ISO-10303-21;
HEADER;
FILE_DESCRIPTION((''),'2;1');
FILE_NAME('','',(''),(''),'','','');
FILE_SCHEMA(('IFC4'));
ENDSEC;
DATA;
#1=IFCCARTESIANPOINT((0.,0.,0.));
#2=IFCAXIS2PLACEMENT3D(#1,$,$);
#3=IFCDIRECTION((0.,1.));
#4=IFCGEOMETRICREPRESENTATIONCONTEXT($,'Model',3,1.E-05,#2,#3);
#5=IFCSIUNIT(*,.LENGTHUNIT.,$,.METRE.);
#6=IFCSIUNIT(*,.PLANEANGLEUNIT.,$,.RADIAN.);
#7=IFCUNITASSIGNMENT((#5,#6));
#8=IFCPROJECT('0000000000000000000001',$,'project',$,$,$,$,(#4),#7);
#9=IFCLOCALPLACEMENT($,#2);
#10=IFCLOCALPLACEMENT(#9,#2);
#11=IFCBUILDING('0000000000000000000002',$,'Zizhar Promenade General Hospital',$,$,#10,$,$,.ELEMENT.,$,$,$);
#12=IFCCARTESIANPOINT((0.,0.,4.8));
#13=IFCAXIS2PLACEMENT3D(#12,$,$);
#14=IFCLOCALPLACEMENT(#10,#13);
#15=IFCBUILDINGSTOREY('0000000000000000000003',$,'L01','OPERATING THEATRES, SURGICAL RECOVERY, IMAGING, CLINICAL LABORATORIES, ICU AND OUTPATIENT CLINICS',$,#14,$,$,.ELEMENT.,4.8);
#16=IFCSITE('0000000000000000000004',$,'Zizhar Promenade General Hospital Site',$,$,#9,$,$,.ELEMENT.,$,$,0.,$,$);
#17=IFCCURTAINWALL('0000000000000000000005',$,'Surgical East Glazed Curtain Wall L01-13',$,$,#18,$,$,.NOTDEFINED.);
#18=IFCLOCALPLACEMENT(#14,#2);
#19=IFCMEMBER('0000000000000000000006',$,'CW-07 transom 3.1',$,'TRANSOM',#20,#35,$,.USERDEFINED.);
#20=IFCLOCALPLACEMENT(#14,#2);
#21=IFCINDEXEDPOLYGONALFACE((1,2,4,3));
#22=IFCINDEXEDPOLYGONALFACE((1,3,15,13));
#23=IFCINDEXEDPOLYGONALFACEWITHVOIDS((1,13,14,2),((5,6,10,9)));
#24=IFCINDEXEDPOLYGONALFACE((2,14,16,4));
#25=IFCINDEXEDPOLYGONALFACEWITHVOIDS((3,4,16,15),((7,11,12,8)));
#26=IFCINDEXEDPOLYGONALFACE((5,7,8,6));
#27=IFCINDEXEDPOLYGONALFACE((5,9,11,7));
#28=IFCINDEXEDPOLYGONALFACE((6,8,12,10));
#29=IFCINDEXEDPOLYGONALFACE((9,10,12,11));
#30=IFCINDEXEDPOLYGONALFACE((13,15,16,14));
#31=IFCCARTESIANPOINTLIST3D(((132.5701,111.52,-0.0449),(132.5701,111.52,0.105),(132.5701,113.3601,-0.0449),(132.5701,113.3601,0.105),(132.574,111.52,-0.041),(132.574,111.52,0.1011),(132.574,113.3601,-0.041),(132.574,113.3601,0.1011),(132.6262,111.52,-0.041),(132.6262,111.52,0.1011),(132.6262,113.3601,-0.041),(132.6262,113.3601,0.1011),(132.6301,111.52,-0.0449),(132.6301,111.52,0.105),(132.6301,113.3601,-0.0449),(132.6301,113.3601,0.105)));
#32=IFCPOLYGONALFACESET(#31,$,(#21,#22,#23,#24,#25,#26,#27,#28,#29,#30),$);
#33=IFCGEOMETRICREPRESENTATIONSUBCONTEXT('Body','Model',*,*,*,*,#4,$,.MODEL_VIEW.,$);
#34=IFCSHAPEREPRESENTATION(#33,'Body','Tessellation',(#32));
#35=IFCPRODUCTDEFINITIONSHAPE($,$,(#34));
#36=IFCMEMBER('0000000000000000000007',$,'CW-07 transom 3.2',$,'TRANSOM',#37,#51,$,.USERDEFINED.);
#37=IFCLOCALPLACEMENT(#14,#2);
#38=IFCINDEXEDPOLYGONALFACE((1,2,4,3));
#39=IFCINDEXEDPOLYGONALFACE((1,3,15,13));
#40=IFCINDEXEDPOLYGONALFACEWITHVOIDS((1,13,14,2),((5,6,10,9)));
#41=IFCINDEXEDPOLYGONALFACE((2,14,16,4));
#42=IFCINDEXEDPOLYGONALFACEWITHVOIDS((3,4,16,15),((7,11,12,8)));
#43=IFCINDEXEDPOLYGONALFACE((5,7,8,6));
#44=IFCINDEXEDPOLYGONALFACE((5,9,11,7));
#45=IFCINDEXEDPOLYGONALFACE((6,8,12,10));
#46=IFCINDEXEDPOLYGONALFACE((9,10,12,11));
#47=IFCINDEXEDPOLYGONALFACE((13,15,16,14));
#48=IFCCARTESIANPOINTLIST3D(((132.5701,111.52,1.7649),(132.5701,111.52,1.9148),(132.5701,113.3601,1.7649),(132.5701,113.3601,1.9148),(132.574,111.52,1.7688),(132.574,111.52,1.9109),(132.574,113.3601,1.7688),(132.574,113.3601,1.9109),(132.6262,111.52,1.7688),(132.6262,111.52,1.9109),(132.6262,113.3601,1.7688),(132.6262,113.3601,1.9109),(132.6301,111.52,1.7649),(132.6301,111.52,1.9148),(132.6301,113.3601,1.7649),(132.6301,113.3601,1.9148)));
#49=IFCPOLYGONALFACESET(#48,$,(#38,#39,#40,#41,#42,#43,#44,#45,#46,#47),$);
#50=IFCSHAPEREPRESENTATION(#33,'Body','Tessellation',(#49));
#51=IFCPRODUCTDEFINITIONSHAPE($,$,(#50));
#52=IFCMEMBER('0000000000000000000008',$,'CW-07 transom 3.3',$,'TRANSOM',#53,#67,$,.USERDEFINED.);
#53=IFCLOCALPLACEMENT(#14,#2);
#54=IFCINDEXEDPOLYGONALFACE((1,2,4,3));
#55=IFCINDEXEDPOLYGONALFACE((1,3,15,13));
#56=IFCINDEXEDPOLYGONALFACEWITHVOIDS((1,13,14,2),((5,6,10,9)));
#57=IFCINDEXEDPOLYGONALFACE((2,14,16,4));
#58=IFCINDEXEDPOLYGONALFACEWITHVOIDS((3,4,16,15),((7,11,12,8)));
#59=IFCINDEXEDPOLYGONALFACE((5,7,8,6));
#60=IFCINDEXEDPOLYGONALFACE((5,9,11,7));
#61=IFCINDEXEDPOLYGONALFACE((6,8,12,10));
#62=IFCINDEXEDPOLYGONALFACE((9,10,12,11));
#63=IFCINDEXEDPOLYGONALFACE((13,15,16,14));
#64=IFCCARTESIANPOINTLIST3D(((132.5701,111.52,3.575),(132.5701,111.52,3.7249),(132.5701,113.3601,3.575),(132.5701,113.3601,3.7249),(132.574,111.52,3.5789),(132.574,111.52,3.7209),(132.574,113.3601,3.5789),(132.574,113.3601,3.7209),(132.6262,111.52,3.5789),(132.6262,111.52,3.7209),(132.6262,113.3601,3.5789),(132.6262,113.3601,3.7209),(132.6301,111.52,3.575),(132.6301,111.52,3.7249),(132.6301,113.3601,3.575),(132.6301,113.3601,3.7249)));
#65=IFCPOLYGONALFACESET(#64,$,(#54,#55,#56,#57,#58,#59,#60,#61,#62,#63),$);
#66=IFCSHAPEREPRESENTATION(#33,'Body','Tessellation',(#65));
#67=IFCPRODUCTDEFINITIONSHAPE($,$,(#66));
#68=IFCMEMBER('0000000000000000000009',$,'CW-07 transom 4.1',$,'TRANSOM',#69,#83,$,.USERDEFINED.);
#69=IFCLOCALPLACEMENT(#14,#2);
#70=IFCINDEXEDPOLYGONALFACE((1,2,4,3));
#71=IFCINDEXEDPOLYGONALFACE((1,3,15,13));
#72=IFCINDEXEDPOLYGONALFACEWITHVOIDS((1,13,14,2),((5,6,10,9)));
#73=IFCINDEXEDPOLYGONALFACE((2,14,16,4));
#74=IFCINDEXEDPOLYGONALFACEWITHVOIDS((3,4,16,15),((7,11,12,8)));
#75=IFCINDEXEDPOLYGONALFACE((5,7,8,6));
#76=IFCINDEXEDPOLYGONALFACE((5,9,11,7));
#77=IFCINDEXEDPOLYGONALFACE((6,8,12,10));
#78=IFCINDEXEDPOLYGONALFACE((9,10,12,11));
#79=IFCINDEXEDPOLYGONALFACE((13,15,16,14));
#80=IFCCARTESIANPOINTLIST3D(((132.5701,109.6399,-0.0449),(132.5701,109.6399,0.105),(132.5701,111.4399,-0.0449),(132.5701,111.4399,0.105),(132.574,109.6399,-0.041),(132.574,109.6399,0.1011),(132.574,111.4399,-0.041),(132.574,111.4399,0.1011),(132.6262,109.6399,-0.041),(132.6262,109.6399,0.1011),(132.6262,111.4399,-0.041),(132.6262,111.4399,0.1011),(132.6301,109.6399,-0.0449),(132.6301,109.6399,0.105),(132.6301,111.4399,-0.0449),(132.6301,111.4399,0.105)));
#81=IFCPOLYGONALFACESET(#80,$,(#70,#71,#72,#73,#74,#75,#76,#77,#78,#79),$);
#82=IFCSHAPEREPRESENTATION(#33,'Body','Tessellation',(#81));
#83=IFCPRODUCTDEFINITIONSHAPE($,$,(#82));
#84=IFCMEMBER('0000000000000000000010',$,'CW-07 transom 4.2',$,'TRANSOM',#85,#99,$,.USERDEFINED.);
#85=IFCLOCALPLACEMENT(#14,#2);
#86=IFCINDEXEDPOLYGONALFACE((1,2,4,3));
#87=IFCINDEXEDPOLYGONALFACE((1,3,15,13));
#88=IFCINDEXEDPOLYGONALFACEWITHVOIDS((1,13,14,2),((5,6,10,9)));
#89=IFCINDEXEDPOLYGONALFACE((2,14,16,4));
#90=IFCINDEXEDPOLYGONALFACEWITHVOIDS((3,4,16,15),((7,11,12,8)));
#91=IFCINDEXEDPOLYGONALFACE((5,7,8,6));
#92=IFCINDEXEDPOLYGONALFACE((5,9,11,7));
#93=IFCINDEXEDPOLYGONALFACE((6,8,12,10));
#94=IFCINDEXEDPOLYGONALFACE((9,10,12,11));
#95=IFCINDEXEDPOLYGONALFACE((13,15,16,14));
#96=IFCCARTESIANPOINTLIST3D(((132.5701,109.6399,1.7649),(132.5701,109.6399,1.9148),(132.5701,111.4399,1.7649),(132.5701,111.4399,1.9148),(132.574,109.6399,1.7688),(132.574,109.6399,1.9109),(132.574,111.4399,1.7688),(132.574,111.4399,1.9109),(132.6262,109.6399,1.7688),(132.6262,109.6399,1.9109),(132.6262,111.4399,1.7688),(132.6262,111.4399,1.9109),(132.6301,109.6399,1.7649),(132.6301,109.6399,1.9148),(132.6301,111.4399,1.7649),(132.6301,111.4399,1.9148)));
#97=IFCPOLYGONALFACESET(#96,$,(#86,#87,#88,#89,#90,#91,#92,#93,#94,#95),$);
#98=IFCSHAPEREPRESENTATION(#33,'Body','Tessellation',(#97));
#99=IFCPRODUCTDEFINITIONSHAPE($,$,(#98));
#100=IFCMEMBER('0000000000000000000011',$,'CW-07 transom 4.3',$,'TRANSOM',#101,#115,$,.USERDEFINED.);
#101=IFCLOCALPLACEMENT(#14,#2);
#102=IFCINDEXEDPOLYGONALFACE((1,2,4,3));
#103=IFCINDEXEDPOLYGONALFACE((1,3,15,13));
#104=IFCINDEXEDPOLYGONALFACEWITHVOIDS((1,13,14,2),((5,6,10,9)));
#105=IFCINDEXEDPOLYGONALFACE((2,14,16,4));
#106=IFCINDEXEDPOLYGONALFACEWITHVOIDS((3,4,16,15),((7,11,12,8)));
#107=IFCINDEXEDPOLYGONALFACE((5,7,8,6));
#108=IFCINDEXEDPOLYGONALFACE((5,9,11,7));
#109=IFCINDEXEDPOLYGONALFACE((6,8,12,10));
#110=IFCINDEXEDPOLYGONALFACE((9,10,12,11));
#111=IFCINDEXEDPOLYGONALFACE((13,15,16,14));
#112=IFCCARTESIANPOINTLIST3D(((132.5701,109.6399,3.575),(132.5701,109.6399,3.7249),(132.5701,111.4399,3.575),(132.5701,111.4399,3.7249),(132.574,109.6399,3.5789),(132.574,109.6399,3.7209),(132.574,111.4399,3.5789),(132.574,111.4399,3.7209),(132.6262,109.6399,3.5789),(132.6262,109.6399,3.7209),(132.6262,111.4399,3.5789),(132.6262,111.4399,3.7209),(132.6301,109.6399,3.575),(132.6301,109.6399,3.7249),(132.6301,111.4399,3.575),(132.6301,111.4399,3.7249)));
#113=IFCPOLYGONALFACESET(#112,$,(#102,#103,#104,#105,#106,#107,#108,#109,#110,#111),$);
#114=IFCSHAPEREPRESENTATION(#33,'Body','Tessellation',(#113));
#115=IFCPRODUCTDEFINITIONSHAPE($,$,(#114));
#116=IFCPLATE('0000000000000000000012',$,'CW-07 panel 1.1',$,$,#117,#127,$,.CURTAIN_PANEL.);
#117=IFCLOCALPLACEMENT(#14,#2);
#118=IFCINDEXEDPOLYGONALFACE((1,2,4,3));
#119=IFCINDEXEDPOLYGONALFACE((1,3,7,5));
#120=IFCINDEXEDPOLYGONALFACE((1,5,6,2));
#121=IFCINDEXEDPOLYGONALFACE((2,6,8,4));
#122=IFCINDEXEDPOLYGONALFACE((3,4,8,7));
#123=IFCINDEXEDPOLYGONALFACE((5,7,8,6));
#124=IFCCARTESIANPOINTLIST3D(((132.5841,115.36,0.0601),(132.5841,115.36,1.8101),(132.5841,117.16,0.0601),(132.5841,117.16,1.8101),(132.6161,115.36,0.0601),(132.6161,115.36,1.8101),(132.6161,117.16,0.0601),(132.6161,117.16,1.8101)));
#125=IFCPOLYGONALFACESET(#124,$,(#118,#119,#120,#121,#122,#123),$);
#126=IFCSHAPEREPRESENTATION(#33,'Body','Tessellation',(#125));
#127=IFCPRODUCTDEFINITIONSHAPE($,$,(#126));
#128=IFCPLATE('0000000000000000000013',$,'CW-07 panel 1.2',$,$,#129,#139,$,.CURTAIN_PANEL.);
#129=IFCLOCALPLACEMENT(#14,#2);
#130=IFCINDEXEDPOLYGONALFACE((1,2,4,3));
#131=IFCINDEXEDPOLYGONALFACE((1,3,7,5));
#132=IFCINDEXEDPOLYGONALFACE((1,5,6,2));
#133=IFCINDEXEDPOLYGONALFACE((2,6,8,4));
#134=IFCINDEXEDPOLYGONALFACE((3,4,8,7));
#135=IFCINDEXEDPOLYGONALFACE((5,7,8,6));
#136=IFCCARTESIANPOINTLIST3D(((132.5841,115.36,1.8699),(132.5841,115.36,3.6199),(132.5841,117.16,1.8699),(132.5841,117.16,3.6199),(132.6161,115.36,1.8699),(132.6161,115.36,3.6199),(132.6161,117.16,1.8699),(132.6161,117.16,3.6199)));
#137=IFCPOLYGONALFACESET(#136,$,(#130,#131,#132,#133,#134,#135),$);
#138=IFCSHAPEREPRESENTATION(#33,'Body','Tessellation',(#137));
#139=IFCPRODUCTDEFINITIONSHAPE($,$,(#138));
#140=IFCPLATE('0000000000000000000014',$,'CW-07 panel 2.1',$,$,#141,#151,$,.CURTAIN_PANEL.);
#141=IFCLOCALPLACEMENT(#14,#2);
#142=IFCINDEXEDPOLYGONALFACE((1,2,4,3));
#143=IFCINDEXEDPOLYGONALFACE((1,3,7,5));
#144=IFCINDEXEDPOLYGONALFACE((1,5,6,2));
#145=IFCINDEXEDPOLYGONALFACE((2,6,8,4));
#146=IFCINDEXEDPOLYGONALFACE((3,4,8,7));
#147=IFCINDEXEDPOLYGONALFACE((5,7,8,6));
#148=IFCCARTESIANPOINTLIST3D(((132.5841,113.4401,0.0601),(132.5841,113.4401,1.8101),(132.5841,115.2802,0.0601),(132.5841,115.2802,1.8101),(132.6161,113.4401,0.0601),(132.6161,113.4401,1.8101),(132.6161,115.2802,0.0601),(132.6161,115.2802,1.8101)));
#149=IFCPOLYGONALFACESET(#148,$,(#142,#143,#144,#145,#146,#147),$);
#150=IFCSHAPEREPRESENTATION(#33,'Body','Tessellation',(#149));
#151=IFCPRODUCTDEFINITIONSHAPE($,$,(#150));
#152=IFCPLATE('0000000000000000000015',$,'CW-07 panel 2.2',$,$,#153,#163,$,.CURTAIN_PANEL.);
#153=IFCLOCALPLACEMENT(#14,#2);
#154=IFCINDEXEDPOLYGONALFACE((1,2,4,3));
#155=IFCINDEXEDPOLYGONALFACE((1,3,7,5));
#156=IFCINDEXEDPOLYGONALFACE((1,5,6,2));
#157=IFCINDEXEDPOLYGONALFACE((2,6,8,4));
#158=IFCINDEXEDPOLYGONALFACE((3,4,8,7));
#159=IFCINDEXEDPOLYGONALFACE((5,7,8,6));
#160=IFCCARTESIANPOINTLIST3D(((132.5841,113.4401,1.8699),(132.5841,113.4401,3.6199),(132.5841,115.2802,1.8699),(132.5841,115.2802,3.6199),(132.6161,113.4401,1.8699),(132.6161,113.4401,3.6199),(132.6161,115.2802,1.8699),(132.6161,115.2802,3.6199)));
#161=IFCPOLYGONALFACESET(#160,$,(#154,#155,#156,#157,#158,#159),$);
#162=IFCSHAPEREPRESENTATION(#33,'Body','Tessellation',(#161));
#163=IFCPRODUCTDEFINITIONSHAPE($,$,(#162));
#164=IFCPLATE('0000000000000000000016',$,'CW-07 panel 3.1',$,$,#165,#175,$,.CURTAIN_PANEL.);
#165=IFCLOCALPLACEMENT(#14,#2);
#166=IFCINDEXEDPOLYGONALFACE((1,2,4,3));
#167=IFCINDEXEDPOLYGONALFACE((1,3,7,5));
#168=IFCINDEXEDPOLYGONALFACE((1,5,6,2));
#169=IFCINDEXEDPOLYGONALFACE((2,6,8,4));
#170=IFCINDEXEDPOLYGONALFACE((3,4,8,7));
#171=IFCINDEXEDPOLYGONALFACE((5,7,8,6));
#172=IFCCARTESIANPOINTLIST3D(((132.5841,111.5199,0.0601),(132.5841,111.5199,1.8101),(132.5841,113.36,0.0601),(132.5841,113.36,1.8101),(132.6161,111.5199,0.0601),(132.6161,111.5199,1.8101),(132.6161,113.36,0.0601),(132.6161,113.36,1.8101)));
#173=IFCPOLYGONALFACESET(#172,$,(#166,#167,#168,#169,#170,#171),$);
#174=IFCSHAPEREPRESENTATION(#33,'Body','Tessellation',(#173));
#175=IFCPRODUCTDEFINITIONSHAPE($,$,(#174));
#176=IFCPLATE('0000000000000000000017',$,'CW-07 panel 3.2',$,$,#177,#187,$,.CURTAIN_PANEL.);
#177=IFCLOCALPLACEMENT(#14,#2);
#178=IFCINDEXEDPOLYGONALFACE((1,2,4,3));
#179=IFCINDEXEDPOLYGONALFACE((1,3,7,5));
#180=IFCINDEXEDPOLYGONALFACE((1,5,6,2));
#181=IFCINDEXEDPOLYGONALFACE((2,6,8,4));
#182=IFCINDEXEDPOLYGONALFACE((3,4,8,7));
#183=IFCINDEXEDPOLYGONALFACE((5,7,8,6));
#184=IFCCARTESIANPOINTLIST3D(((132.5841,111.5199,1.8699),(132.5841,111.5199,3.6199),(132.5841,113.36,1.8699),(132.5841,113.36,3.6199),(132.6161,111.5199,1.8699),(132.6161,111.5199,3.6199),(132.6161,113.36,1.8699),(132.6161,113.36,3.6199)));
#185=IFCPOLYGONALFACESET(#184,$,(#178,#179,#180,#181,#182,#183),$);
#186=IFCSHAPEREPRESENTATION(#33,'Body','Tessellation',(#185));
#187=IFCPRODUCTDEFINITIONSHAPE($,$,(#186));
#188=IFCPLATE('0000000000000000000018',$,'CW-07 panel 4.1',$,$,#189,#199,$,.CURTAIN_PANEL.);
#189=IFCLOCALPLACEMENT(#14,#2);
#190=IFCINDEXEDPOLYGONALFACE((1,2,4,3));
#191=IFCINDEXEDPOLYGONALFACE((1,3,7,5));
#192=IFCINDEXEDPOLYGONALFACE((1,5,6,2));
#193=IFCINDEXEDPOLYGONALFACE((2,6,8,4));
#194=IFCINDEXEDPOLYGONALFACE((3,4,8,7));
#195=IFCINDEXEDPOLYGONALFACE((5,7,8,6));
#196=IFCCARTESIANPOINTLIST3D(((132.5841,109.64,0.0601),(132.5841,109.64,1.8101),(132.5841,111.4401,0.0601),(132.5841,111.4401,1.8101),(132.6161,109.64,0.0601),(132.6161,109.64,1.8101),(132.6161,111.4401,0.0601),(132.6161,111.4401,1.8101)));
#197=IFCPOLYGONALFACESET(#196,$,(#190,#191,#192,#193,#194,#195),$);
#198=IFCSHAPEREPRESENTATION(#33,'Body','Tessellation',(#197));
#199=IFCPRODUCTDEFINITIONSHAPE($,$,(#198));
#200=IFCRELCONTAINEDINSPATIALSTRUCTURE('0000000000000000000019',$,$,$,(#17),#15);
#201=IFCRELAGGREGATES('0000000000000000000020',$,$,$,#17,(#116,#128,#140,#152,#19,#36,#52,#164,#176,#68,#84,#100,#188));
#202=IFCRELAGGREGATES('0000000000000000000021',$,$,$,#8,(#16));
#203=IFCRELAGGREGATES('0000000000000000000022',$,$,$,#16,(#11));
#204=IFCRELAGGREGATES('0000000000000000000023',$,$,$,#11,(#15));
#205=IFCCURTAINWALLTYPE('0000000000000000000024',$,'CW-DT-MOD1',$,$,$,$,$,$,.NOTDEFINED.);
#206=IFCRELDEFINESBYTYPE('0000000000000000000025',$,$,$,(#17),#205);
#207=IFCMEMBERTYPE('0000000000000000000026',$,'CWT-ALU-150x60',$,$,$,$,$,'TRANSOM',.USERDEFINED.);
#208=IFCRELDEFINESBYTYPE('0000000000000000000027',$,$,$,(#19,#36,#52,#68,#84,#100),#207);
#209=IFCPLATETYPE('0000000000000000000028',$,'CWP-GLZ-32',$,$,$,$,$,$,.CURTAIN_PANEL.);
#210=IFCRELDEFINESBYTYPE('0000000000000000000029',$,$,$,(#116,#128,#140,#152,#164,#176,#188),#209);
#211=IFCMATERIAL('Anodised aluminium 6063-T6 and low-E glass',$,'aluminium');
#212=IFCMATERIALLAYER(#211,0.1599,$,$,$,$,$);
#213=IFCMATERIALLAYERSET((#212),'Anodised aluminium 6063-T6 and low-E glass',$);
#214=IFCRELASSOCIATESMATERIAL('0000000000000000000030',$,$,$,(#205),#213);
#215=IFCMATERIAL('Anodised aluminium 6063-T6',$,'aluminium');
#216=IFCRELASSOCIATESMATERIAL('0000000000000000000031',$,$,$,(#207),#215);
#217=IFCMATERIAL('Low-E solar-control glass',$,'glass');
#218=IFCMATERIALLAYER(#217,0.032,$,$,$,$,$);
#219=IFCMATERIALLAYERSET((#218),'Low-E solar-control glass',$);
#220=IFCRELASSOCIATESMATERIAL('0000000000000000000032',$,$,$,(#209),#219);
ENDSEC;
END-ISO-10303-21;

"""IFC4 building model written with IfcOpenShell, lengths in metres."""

from ifc_helpers import new_model, si_unit, direction, frame, origin, origin_2d, place, context, subcontext, project, spatial, rectangle, hollow_rectangle, extrude, material, layer, layer_set, material_profile, profile_set, type_object, element, aggregate, save


model = new_model("IFC4")

# Units and contexts
model_context = context("Model", 3, precision=1e-05, world=origin(), true_north=direction((0.0, 1.0)))
body_context = subcontext(model_context, "Body", "Model", "MODEL_VIEW")
ifc_project = project(units=[si_unit("LENGTHUNIT", "METRE"), si_unit("PLANEANGLEUNIT", "RADIAN")], contexts=[model_context])

# Site, building, storey
site_placement = place(None, origin())
site = spatial("IfcSite", under=ifc_project, at=site_placement, Name="Zizhar Promenade General Hospital Site", CompositionType="ELEMENT", RefElevation=0.0)
building_placement = place(site_placement, origin())
building = spatial("IfcBuilding", under=site, at=building_placement, Name="Zizhar Promenade General Hospital", CompositionType="ELEMENT")
storey_placement = place(building_placement, frame((0.0, 0.0, 4.8)))
storey = spatial("IfcBuildingStorey", under=building, at=storey_placement, Name="L01", Description="OPERATING THEATRES, SURGICAL RECOVERY, IMAGING, CLINICAL LABORATORIES, ICU AND OUTPATIENT CLINICS", CompositionType="ELEMENT", Elevation=4.8)

# Curtain wall, members, plates
ifc_material_1 = material(Name="Anodised aluminium 6063-T6 and low-E glass", Category="aluminium")
ifc_layer_1 = layer(ifc_material_1, 0.1599)
ifc_layer_set_1 = layer_set([ifc_layer_1], Name="Anodised aluminium 6063-T6 and low-E glass")
curtain_wall_type = type_object("IfcCurtainWallType", Name="CW-DT-MOD1", PredefinedType="NOTDEFINED", material=ifc_layer_set_1)
curtain_wall_placement = place(storey_placement, origin())
curtain_wall = element("IfcCurtainWall", 1, at=curtain_wall_placement, inside=storey, type_object=curtain_wall_type, Name="Surgical East Glazed Curtain Wall L01-13", PredefinedType="NOTDEFINED")
ifc_material_2 = material(Name="Anodised aluminium 6063-T6", Category="aluminium")
ifc_material_profile_1 = material_profile(ifc_material_2, hollow_rectangle(XDim=0.0601, YDim=0.1499, WallThickness=0.0039, at=origin_2d()))
ifc_profile_set_1 = profile_set([ifc_material_profile_1], Name="Anodised aluminium 6063-T6")
member_type_1 = type_object("IfcMemberType", Name="CWT-ALU-150x60", ElementType="TRANSOM", PredefinedType="USERDEFINED", material=ifc_profile_set_1)
member_1_placement = place(storey_placement, frame((132.6001, 113.3601, 0.03), z_axis=(0.0, -1.0, 0.0), x_axis=(1.0, 0.0, 0.0)))
member_1 = element("IfcMember", 2, at=member_1_placement, type_object=member_type_1, Name="CW-07 transom 3.1", ObjectType="TRANSOM", PredefinedType="USERDEFINED", context=body_context, shape_type="SweptSolid", body=[
    extrude(hollow_rectangle(XDim=0.0601, YDim=0.1499, WallThickness=0.0039, at=origin_2d()), origin(), (0.0, 0.0, 1.0), 1.8401),
])
member_2_placement = place(storey_placement, frame((132.6001, 113.3601, 1.8398), z_axis=(0.0, -1.0, 0.0), x_axis=(1.0, 0.0, 0.0)))
member_2 = element("IfcMember", 3, at=member_2_placement, type_object=member_type_1, Name="CW-07 transom 3.2", ObjectType="TRANSOM", PredefinedType="USERDEFINED", context=body_context, shape_type="SweptSolid", body=[
    extrude(hollow_rectangle(XDim=0.0601, YDim=0.1499, WallThickness=0.0039, at=origin_2d()), origin(), (0.0, 0.0, 1.0), 1.8401),
])
member_3_placement = place(storey_placement, frame((132.6001, 113.3601, 3.6499), z_axis=(0.0, -1.0, 0.0), x_axis=(1.0, 0.0, 0.0)))
member_3 = element("IfcMember", 4, at=member_3_placement, type_object=member_type_1, Name="CW-07 transom 3.3", ObjectType="TRANSOM", PredefinedType="USERDEFINED", context=body_context, shape_type="SweptSolid", body=[
    extrude(hollow_rectangle(XDim=0.0601, YDim=0.1499, WallThickness=0.0039, at=origin_2d()), origin(), (0.0, 0.0, 1.0), 1.8401),
])
member_4_placement = place(storey_placement, frame((132.6001, 111.4399, 0.03), z_axis=(0.0, -1.0, 0.0), x_axis=(1.0, 0.0, 0.0)))
member_4 = element("IfcMember", 5, at=member_4_placement, type_object=member_type_1, Name="CW-07 transom 4.1", ObjectType="TRANSOM", PredefinedType="USERDEFINED", context=body_context, shape_type="SweptSolid", body=[
    extrude(hollow_rectangle(XDim=0.0601, YDim=0.1499, WallThickness=0.0039, at=origin_2d()), origin(), (0.0, 0.0, 1.0), 1.8),
])
member_5_placement = place(storey_placement, frame((132.6001, 111.4399, 1.8398), z_axis=(0.0, -1.0, 0.0), x_axis=(1.0, 0.0, 0.0)))
member_5 = element("IfcMember", 6, at=member_5_placement, type_object=member_type_1, Name="CW-07 transom 4.2", ObjectType="TRANSOM", PredefinedType="USERDEFINED", context=body_context, shape_type="SweptSolid", body=[
    extrude(hollow_rectangle(XDim=0.0601, YDim=0.1499, WallThickness=0.0039, at=origin_2d()), origin(), (0.0, 0.0, 1.0), 1.8),
])
member_6_placement = place(storey_placement, frame((132.6001, 111.4399, 3.6499), z_axis=(0.0, -1.0, 0.0), x_axis=(1.0, 0.0, 0.0)))
member_6 = element("IfcMember", 7, at=member_6_placement, type_object=member_type_1, Name="CW-07 transom 4.3", ObjectType="TRANSOM", PredefinedType="USERDEFINED", context=body_context, shape_type="SweptSolid", body=[
    extrude(hollow_rectangle(XDim=0.0601, YDim=0.1499, WallThickness=0.0039, at=origin_2d()), origin(), (0.0, 0.0, 1.0), 1.8),
])
ifc_material_3 = material(Name="Low-E solar-control glass", Category="glass")
ifc_layer_2 = layer(ifc_material_3, 0.032)
ifc_layer_set_2 = layer_set([ifc_layer_2], Name="Low-E solar-control glass")
plate_type = type_object("IfcPlateType", Name="CWP-GLZ-32", PredefinedType="CURTAIN_PANEL", material=ifc_layer_set_2)
plate_1_placement = place(storey_placement, frame((132.6001, 116.26, 0.0601), z_axis=(0.0, 0.0, 1.0), x_axis=(0.0, -1.0, 0.0)))
plate_1 = element("IfcPlate", 8, at=plate_1_placement, type_object=plate_type, Name="CW-07 panel 1.1", PredefinedType="CURTAIN_PANEL", context=body_context, shape_type="SweptSolid", body=[
    extrude(rectangle(XDim=1.8, YDim=0.032, at=origin_2d()), origin(), (0.0, 0.0, 1.0), 1.75),
])
plate_2_placement = place(storey_placement, frame((132.6001, 116.26, 1.8699), z_axis=(0.0, 0.0, 1.0), x_axis=(0.0, -1.0, 0.0)))
plate_2 = element("IfcPlate", 9, at=plate_2_placement, type_object=plate_type, Name="CW-07 panel 1.2", PredefinedType="CURTAIN_PANEL", context=body_context, shape_type="SweptSolid", body=[
    extrude(rectangle(XDim=1.8, YDim=0.032, at=origin_2d()), origin(), (0.0, 0.0, 1.0), 1.75),
])
plate_3_placement = place(storey_placement, frame((132.6001, 114.3601, 0.0601), z_axis=(0.0, 0.0, 1.0), x_axis=(0.0, -1.0, 0.0)))
plate_3 = element("IfcPlate", 10, at=plate_3_placement, type_object=plate_type, Name="CW-07 panel 2.1", PredefinedType="CURTAIN_PANEL", context=body_context, shape_type="SweptSolid", body=[
    extrude(rectangle(XDim=1.8401, YDim=0.032, at=origin_2d()), origin(), (0.0, 0.0, 1.0), 1.75),
])
plate_4_placement = place(storey_placement, frame((132.6001, 114.3601, 1.8699), z_axis=(0.0, 0.0, 1.0), x_axis=(0.0, -1.0, 0.0)))
plate_4 = element("IfcPlate", 11, at=plate_4_placement, type_object=plate_type, Name="CW-07 panel 2.2", PredefinedType="CURTAIN_PANEL", context=body_context, shape_type="SweptSolid", body=[
    extrude(rectangle(XDim=1.8401, YDim=0.032, at=origin_2d()), origin(), (0.0, 0.0, 1.0), 1.75),
])
plate_5_placement = place(storey_placement, frame((132.6001, 112.4399, 0.0601), z_axis=(0.0, 0.0, 1.0), x_axis=(0.0, -1.0, 0.0)))
plate_5 = element("IfcPlate", 12, at=plate_5_placement, type_object=plate_type, Name="CW-07 panel 3.1", PredefinedType="CURTAIN_PANEL", context=body_context, shape_type="SweptSolid", body=[
    extrude(rectangle(XDim=1.8401, YDim=0.032, at=origin_2d()), origin(), (0.0, 0.0, 1.0), 1.75),
])
plate_6_placement = place(storey_placement, frame((132.6001, 112.4399, 1.8699), z_axis=(0.0, 0.0, 1.0), x_axis=(0.0, -1.0, 0.0)))
plate_6 = element("IfcPlate", 13, at=plate_6_placement, type_object=plate_type, Name="CW-07 panel 3.2", PredefinedType="CURTAIN_PANEL", context=body_context, shape_type="SweptSolid", body=[
    extrude(rectangle(XDim=1.8401, YDim=0.032, at=origin_2d()), origin(), (0.0, 0.0, 1.0), 1.75),
])
plate_7_placement = place(storey_placement, frame((132.6001, 110.54, 0.0601), z_axis=(0.0, 0.0, 1.0), x_axis=(0.0, -1.0, 0.0)))
plate_7 = element("IfcPlate", 14, at=plate_7_placement, type_object=plate_type, Name="CW-07 panel 4.1", PredefinedType="CURTAIN_PANEL", context=body_context, shape_type="SweptSolid", body=[
    extrude(rectangle(XDim=1.8, YDim=0.032, at=origin_2d()), origin(), (0.0, 0.0, 1.0), 1.75),
])
aggregate(curtain_wall, [plate_1, plate_2, plate_3, plate_4, member_1, member_2, member_3, plate_5, plate_6, member_4, member_5, member_6, plate_7])

save(model, "model.ifc")
